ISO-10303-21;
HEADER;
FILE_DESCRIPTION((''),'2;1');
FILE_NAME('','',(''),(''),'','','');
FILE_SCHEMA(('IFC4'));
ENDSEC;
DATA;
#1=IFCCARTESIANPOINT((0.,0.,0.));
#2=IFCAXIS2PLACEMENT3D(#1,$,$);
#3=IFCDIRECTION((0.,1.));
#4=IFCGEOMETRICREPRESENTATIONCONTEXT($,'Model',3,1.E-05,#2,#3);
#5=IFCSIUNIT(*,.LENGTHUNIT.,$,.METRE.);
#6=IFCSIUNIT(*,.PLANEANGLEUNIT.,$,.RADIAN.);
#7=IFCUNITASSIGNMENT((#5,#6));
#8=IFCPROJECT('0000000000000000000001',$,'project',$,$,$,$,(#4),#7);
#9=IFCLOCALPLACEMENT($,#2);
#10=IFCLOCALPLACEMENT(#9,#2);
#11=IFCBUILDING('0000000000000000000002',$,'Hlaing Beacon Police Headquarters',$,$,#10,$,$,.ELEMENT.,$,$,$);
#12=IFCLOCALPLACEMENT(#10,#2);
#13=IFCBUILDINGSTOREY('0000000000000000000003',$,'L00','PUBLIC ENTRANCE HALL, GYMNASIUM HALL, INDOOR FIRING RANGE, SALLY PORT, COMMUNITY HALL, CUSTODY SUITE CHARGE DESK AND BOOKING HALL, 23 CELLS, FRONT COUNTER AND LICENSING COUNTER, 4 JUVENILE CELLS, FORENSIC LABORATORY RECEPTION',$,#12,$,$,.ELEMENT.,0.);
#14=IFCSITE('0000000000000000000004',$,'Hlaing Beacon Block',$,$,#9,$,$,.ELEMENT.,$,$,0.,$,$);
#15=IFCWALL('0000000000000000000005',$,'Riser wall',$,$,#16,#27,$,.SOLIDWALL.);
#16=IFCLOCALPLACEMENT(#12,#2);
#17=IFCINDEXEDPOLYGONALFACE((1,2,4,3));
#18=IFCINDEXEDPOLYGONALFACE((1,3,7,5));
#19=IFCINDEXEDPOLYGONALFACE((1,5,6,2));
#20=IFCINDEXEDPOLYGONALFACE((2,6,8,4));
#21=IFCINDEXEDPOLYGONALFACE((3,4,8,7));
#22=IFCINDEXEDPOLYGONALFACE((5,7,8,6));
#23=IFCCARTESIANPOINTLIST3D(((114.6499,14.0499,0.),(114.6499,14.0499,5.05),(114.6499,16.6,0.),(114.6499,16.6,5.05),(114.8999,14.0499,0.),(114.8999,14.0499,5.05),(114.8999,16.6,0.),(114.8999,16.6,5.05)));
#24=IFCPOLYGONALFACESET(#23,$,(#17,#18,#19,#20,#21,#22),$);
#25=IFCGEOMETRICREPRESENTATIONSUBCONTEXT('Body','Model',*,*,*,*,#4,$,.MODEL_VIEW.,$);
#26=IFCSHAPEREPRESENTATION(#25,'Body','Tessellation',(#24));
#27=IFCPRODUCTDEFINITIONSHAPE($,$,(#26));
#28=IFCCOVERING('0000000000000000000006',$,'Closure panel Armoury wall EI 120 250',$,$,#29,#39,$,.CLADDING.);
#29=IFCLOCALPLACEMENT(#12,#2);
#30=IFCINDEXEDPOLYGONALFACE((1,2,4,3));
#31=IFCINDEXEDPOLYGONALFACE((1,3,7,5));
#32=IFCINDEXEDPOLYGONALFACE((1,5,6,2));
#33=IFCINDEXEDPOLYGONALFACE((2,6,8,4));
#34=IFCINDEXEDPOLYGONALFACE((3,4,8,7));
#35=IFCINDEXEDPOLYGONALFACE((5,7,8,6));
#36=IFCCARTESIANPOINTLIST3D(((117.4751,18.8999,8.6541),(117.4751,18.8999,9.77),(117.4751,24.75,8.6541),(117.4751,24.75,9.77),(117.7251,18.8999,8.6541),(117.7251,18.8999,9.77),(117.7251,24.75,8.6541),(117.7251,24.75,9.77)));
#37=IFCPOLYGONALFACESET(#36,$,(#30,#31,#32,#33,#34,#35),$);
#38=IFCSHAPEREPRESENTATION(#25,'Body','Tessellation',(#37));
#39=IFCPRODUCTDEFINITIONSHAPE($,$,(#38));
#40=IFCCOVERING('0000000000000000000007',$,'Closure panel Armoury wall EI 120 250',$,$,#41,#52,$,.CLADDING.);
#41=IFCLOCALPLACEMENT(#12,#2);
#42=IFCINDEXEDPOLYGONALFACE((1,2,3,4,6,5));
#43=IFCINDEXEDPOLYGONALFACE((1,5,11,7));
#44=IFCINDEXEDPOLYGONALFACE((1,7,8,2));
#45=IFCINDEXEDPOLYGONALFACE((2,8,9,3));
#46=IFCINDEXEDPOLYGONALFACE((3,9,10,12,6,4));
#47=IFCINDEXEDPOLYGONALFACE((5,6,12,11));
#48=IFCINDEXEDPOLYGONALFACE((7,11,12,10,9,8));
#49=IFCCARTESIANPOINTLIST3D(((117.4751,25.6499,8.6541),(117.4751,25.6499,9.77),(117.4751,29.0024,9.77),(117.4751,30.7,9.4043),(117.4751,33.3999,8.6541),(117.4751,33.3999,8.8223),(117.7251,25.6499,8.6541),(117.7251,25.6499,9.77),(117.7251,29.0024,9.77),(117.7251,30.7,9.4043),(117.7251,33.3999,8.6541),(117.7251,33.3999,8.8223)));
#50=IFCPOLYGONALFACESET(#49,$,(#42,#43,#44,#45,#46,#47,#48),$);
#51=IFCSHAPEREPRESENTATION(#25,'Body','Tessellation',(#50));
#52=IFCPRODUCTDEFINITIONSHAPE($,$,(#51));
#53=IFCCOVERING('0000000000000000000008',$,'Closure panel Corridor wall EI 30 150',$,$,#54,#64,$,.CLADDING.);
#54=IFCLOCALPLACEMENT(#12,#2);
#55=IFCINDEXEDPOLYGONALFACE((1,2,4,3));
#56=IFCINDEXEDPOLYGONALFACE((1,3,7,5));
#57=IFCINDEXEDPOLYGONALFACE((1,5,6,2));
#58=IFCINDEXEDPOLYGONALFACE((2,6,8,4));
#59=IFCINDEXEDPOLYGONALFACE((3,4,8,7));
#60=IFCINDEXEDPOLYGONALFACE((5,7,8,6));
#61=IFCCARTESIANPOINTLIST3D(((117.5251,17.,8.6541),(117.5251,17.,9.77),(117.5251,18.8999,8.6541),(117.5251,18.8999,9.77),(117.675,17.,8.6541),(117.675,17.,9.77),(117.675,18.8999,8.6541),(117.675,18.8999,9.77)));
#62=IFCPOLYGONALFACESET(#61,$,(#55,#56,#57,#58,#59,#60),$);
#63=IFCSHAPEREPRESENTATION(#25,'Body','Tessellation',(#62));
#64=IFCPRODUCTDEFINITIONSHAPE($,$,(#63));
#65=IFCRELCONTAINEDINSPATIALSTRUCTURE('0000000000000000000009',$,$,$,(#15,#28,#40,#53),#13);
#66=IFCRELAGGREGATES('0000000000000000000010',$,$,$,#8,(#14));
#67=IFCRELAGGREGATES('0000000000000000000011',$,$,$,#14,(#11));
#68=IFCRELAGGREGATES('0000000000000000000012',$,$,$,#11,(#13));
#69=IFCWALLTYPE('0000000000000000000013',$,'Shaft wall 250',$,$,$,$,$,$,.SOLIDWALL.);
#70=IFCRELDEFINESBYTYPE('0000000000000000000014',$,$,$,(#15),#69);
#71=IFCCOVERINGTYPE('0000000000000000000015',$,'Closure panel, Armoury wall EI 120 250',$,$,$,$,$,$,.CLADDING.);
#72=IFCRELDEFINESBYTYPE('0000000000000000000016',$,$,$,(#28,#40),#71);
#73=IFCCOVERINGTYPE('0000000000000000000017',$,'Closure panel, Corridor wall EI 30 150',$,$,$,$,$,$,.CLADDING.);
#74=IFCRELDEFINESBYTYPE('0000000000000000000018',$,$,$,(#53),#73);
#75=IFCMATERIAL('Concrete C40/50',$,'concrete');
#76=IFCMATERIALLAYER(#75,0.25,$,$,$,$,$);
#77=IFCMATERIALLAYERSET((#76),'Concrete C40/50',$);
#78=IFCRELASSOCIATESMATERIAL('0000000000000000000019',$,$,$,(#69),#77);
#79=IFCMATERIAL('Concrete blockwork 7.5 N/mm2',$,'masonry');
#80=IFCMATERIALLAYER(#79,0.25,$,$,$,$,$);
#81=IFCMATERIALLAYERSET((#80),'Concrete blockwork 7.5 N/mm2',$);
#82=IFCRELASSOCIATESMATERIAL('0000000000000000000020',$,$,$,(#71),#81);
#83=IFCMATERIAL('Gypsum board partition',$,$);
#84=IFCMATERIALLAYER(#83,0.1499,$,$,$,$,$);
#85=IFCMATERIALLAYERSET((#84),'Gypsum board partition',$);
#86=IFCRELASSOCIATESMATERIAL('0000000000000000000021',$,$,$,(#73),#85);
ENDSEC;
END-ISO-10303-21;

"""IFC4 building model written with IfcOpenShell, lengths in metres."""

from ifc_helpers import new_model, si_unit, direction, frame, frame_2d, origin, place, context, subcontext, project, spatial, polyline, rectangle, outline, extrude, material, layer, layer_set, type_object, element, save


model = new_model("IFC4")

# Units and contexts
model_context = context("Model", 3, precision=1e-05, world=origin(), true_north=direction((0.0, 1.0)))
body_context = subcontext(model_context, "Body", "Model", "MODEL_VIEW")
ifc_project = project(units=[si_unit("LENGTHUNIT", "METRE"), si_unit("PLANEANGLEUNIT", "RADIAN")], contexts=[model_context])

# Site, building, storey
site_placement = place(None, origin())
site = spatial("IfcSite", under=ifc_project, at=site_placement, Name="Hlaing Beacon Block", CompositionType="ELEMENT", RefElevation=0.0)
building_placement = place(site_placement, origin())
building = spatial("IfcBuilding", under=site, at=building_placement, Name="Hlaing Beacon Police Headquarters", CompositionType="ELEMENT")
storey_placement = place(building_placement, origin())
storey = spatial("IfcBuildingStorey", under=building, at=storey_placement, Name="L00", Description="PUBLIC ENTRANCE HALL, GYMNASIUM HALL, INDOOR FIRING RANGE, SALLY PORT, COMMUNITY HALL, CUSTODY SUITE CHARGE DESK AND BOOKING HALL, 23 CELLS, FRONT COUNTER AND LICENSING COUNTER, 4 JUVENILE CELLS, FORENSIC LABORATORY RECEPTION", CompositionType="ELEMENT", Elevation=0.0)

# Shared definitions
ifc_material_1 = material(Name="Concrete C40/50", Category="concrete")
ifc_layer_1 = layer(ifc_material_1, 0.25)
ifc_layer_set_1 = layer_set([ifc_layer_1], Name="Concrete C40/50")
wall_type_1 = type_object("IfcWallType", Name="Shaft wall 250", PredefinedType="SOLIDWALL", material=ifc_layer_set_1)

# Wall
wall_1_placement = place(storey_placement, frame((114.7749, 14.05, 0.0), z_axis=(0.0, 0.0, 1.0), x_axis=(0.0, 1.0, 0.0)))
element("IfcWall", 1, at=wall_1_placement, inside=storey, type_object=wall_type_1, Name="Riser wall", PredefinedType="SOLIDWALL", context=body_context, shape_type="SweptSolid", body=[
    extrude(rectangle(XDim=2.55, YDim=0.25, at=frame_2d((1.2749, 0.0))), origin(), (0.0, 0.0, 1.0), 5.05),
])

# Coverings
ifc_material_2 = material(Name="Concrete blockwork 7.5 N/mm2", Category="masonry")
ifc_layer_2 = layer(ifc_material_2, 0.25)
ifc_layer_set_2 = layer_set([ifc_layer_2], Name="Concrete blockwork 7.5 N/mm2")
covering_type_1 = type_object("IfcCoveringType", Name="Closure panel, Armoury wall EI 120 250", PredefinedType="CLADDING", material=ifc_layer_set_2)
covering_1_placement = place(storey_placement, frame((117.6001, 18.8999, 8.6541), z_axis=(0.0, 0.0, 1.0), x_axis=(0.0, 1.0, 0.0)))
element("IfcCovering", 2, at=covering_1_placement, inside=storey, type_object=covering_type_1, Name="Closure panel Armoury wall EI 120 250", PredefinedType="CLADDING", context=body_context, shape_type="SweptSolid", body=[
    extrude(rectangle(XDim=5.8501, YDim=0.25, at=frame_2d((2.925, 0.0))), origin(), (0.0, 0.0, 1.0), 1.116),
])
covering_2_placement = place(storey_placement, frame((117.6001, 25.6499, 8.6541), z_axis=(0.0, 0.0, 1.0), x_axis=(0.0, 1.0, 0.0)))
element("IfcCovering", 3, at=covering_2_placement, inside=storey, type_object=covering_type_1, Name="Closure panel Armoury wall EI 120 250", PredefinedType="CLADDING", context=body_context, shape_type="SweptSolid", body=[
    extrude(outline(polyline([(0.0, 0.0), (7.75, 0.0), (7.75, 0.1682), (5.05, 0.7502), (3.3525, 1.116), (0.0, 1.116), (0.0, 0.0)])), frame((0.0, 0.125, 0.0), z_axis=(0.0, -1.0, 0.0), x_axis=(1.0, 0.0, 0.0)), (0.0, 0.0, 1.0), 0.25),
])
ifc_material_3 = material(Name="Gypsum board partition")
ifc_layer_3 = layer(ifc_material_3, 0.1499)
ifc_layer_set_3 = layer_set([ifc_layer_3], Name="Gypsum board partition")
covering_type_2 = type_object("IfcCoveringType", Name="Closure panel, Corridor wall EI 30 150", PredefinedType="CLADDING", material=ifc_layer_set_3)
covering_3_placement = place(storey_placement, frame((117.6001, 17.0, 8.6541), z_axis=(0.0, 0.0, 1.0), x_axis=(0.0, 1.0, 0.0)))
element("IfcCovering", 4, at=covering_3_placement, inside=storey, type_object=covering_type_2, Name="Closure panel Corridor wall EI 30 150", PredefinedType="CLADDING", context=body_context, shape_type="SweptSolid", body=[
    extrude(rectangle(XDim=1.8999, YDim=0.1499, at=frame_2d((0.95, 0.0))), origin(), (0.0, 0.0, 1.0), 1.116),
])

save(model, "model.ifc")
